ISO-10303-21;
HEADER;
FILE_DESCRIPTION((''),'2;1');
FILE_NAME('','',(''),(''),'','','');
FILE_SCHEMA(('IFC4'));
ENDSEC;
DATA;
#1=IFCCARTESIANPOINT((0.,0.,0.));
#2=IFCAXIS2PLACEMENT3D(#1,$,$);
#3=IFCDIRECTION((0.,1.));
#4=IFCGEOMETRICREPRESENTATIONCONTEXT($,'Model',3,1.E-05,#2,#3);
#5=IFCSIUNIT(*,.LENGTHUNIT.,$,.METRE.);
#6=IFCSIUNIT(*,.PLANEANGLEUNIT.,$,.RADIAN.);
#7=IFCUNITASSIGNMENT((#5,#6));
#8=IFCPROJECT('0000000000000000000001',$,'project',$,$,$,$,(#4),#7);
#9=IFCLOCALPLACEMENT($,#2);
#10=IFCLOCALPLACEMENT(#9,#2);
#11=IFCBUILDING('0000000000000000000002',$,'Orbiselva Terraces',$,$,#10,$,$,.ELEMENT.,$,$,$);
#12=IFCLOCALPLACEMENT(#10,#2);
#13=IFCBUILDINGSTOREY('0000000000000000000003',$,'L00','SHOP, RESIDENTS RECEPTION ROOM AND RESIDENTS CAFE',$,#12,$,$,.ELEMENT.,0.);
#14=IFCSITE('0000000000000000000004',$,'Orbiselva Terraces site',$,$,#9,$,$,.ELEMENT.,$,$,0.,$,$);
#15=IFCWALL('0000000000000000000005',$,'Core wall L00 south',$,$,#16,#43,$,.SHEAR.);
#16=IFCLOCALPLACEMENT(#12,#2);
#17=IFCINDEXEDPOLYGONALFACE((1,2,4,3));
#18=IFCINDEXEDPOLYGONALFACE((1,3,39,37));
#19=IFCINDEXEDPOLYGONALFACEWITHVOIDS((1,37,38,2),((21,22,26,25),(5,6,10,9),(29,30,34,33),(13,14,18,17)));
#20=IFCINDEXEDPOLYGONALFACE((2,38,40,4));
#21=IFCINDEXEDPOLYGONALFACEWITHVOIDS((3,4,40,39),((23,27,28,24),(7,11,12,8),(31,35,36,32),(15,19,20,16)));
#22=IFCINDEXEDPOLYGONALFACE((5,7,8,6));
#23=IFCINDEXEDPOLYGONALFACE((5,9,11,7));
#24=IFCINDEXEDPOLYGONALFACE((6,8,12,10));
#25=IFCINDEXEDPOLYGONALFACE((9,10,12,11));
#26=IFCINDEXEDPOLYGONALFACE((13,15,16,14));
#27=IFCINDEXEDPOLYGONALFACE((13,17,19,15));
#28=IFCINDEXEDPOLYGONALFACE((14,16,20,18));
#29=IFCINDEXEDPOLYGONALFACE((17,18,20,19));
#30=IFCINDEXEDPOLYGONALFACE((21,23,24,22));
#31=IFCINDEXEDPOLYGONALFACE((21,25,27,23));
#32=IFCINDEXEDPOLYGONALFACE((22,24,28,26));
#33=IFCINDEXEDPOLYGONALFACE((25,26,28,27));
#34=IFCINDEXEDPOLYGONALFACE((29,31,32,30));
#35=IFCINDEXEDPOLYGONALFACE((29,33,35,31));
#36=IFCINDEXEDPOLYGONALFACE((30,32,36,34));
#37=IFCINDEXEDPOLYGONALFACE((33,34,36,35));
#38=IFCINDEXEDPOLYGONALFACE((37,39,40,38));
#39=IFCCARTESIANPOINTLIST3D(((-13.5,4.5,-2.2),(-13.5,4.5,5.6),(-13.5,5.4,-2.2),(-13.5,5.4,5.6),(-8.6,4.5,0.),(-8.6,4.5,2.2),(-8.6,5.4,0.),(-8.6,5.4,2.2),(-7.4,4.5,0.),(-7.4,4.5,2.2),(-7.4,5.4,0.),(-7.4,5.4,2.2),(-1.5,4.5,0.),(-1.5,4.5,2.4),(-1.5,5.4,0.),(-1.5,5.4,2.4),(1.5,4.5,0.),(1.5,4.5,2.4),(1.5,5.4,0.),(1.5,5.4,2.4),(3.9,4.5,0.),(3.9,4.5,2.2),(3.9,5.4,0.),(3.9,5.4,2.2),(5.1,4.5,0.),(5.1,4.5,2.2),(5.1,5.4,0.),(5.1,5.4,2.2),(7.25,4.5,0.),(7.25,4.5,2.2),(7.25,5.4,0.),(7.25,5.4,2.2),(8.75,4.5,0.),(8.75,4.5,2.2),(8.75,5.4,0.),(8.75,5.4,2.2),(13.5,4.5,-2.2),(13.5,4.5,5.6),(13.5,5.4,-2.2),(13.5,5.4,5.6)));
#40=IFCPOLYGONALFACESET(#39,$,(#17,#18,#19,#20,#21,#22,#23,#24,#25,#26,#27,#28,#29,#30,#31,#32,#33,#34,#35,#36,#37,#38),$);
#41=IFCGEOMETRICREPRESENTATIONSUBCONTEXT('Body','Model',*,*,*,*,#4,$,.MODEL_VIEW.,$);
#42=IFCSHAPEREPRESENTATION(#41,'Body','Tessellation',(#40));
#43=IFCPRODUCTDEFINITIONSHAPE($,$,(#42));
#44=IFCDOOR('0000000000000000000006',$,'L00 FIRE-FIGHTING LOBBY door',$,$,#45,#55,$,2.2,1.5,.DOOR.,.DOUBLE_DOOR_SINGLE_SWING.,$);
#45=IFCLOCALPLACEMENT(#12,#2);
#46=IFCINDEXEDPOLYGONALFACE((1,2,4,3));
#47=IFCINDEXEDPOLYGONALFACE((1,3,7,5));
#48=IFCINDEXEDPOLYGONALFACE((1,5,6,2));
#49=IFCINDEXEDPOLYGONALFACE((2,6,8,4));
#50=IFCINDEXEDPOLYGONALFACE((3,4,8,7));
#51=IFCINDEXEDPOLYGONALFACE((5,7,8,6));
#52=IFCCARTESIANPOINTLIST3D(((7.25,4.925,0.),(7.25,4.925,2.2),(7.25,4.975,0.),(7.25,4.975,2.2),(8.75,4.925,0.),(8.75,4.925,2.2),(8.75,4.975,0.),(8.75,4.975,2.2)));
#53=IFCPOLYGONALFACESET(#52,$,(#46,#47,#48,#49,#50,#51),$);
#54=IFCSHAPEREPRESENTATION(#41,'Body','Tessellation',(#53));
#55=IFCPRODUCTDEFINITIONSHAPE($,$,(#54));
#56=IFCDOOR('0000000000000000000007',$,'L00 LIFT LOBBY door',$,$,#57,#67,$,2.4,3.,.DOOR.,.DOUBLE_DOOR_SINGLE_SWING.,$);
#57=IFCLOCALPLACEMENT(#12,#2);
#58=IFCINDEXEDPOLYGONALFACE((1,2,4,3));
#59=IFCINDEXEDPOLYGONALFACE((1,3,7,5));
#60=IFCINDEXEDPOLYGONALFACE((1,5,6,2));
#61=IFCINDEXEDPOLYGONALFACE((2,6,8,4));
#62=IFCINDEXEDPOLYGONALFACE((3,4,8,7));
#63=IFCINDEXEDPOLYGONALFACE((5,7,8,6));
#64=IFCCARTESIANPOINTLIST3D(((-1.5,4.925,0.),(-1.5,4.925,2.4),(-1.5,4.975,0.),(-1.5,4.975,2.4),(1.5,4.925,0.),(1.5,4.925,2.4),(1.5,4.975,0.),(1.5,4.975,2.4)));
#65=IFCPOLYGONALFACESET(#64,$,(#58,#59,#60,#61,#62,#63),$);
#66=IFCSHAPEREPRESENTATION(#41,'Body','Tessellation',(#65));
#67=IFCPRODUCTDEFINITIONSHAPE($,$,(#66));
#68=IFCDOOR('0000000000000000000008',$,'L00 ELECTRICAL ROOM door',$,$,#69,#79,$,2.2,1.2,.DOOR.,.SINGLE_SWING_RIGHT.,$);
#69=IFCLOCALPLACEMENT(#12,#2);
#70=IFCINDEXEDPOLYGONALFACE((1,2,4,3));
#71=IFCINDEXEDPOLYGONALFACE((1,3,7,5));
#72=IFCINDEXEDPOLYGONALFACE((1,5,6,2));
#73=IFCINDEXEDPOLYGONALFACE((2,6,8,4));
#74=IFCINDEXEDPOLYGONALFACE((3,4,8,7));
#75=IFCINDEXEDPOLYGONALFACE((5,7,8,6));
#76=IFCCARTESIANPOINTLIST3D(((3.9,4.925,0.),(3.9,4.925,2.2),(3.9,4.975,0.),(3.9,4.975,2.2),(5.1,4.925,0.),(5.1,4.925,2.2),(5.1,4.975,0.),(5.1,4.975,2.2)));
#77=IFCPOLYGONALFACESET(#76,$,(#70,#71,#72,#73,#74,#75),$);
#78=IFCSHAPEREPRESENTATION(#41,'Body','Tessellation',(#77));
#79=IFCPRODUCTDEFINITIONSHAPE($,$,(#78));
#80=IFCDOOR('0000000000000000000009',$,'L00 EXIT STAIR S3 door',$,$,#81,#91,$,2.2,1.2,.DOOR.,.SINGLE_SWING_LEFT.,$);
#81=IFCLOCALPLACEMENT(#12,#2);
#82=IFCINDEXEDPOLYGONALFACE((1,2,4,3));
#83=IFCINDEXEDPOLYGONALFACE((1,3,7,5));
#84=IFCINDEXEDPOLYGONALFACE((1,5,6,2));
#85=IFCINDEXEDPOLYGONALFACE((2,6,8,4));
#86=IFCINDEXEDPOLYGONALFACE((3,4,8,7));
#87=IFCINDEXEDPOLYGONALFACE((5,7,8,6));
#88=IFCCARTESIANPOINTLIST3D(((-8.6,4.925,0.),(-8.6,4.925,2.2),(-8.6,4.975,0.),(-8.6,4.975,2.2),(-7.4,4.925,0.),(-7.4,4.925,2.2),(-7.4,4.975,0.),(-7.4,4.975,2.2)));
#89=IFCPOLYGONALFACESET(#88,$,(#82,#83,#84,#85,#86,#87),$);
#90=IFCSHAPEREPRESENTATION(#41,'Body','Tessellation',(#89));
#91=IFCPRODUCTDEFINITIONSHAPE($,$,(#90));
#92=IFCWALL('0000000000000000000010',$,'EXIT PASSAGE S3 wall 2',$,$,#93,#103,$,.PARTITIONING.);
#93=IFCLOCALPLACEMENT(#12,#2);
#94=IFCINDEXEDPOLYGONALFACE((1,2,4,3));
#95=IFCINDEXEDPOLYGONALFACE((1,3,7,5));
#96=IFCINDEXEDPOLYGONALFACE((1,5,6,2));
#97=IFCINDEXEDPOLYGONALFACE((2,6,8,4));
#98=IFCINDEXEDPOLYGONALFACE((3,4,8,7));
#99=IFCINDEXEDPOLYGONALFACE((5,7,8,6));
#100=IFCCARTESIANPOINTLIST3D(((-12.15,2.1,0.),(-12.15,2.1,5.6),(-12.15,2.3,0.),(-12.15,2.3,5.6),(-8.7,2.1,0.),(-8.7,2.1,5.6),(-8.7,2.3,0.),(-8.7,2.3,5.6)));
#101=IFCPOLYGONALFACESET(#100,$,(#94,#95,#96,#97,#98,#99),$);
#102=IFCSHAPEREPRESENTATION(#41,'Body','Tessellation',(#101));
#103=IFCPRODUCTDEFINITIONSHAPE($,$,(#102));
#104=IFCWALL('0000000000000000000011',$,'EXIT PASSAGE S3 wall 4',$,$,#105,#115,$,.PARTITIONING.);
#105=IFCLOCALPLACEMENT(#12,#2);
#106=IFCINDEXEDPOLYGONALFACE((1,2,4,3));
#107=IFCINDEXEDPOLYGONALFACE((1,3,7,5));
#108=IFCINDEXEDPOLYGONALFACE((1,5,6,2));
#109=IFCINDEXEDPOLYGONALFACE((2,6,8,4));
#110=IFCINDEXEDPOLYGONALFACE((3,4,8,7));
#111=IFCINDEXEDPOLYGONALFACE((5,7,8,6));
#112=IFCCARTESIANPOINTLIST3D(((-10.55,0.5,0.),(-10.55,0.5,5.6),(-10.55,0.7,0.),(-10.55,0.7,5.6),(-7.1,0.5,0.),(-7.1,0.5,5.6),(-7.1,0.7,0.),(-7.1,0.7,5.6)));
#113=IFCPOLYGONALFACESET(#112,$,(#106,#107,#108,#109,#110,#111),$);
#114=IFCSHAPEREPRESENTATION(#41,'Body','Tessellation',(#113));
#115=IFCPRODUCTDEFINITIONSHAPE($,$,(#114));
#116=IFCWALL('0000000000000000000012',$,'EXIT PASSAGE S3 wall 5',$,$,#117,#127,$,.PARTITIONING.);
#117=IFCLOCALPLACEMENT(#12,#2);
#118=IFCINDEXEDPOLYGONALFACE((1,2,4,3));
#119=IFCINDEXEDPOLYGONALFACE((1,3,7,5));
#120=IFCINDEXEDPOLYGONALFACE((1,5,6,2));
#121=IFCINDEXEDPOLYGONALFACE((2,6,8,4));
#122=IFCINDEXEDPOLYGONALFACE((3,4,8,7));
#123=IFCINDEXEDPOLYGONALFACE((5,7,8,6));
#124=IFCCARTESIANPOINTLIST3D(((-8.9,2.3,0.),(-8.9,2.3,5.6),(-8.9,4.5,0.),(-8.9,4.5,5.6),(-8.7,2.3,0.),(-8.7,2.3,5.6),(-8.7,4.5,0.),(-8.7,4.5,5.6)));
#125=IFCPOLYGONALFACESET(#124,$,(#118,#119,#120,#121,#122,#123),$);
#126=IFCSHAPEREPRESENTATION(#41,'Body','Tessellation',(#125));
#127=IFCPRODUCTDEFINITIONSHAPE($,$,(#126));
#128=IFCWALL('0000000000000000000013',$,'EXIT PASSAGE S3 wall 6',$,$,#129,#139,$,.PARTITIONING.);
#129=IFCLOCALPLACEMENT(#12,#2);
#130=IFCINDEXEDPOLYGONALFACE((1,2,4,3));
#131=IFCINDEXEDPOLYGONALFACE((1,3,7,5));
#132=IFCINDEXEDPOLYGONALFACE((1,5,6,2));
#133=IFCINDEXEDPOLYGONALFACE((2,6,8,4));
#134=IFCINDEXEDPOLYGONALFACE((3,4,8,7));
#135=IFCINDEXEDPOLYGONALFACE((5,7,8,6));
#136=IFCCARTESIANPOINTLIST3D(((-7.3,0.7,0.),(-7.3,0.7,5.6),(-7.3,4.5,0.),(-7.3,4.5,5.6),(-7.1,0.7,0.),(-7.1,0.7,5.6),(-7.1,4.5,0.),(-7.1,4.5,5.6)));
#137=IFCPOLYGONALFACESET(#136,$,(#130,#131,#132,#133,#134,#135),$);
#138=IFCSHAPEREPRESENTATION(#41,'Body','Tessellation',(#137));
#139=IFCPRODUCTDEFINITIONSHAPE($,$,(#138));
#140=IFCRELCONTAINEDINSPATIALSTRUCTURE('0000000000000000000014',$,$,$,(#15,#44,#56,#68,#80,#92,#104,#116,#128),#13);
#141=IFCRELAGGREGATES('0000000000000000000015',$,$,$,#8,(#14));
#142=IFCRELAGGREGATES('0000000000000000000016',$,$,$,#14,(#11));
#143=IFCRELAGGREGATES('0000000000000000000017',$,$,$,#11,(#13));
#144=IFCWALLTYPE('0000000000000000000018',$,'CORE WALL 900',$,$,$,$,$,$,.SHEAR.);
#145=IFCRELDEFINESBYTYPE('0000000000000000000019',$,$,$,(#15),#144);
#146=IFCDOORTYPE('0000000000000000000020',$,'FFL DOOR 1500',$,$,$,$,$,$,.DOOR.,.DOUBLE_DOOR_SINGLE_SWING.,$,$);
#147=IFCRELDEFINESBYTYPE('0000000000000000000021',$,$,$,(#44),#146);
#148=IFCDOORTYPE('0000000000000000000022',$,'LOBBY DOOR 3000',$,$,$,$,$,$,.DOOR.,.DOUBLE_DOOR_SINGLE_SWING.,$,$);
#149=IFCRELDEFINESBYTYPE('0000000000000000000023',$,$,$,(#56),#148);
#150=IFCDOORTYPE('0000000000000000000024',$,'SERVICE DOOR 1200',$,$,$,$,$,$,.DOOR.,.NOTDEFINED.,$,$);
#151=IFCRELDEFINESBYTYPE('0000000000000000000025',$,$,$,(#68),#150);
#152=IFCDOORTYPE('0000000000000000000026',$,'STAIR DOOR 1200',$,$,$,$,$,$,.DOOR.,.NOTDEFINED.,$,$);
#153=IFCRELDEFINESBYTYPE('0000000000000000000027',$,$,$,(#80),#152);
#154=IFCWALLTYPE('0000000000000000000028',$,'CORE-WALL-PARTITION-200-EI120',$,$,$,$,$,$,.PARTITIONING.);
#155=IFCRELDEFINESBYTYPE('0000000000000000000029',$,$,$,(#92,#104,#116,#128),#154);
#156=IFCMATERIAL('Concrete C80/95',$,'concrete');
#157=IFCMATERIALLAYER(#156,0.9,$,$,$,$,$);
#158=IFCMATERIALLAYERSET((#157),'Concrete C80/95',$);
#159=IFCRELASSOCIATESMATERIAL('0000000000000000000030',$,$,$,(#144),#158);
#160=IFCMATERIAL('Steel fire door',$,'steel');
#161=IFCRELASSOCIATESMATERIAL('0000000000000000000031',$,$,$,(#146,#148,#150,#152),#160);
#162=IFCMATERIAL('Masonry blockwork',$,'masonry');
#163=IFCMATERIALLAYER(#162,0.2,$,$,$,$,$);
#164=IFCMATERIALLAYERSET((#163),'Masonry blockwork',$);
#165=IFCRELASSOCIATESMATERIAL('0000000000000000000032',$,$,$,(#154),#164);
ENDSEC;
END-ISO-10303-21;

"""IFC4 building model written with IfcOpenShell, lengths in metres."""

from ifc_helpers import new_model, si_unit, direction, frame, frame_2d, origin, place, context, subcontext, project, spatial, rectangle, extrude, material, layer, layer_set, type_object, element, fill, save


model = new_model("IFC4")

# Units and contexts
model_context = context("Model", 3, precision=1e-05, world=origin(), true_north=direction((0.0, 1.0)))
body_context = subcontext(model_context, "Body", "Model", "MODEL_VIEW")
ifc_project = project(units=[si_unit("LENGTHUNIT", "METRE"), si_unit("PLANEANGLEUNIT", "RADIAN")], contexts=[model_context])

# Site, building, storey
site_placement = place(None, origin())
site = spatial("IfcSite", under=ifc_project, at=site_placement, Name="Orbiselva Terraces site", CompositionType="ELEMENT", RefElevation=0.0)
building_placement = place(site_placement, origin())
building = spatial("IfcBuilding", under=site, at=building_placement, Name="Orbiselva Terraces", CompositionType="ELEMENT")
storey_placement = place(building_placement, origin())
storey = spatial("IfcBuildingStorey", under=building, at=storey_placement, Name="L00", Description="SHOP, RESIDENTS RECEPTION ROOM AND RESIDENTS CAFE", CompositionType="ELEMENT", Elevation=0.0)

# Shared definitions
ifc_material_1 = material(Name="Concrete C80/95", Category="concrete")

# Wall, openings, doors
ifc_layer_1 = layer(ifc_material_1, 0.9)
ifc_layer_set_1 = layer_set([ifc_layer_1], Name="Concrete C80/95")
wall_type_1 = type_object("IfcWallType", Name="CORE WALL 900", PredefinedType="SHEAR", material=ifc_layer_set_1)
wall_1_placement = place(storey_placement, frame((-13.5, 4.95, -2.2), z_axis=(0.0, 0.0, 1.0), x_axis=(1.0, 0.0, 0.0)))
wall_1 = element("IfcWall", 1, at=wall_1_placement, inside=storey, type_object=wall_type_1, Name="Core wall L00 south", PredefinedType="SHEAR", context=body_context, shape_type="SweptSolid", body=[
    extrude(rectangle(XDim=27.0, YDim=0.9, at=frame_2d((13.5, 0.0))), origin(), (0.0, 0.0, 1.0), 7.8),
])
opening_1_placement = place(wall_1_placement, frame((12.0, 0.0, 2.2)))
opening_1 = element("IfcOpeningElement", 2, at=opening_1_placement, cuts=wall_1, PredefinedType="OPENING", context=body_context, shape_type="SweptSolid", body=[
    extrude(rectangle(XDim=3.0, YDim=2.4, at=frame_2d((1.5, 1.2))), frame((0.0, 0.46, 0.0), z_axis=(0.0, -1.0, 0.0), x_axis=(1.0, 0.0, 0.0)), (0.0, 0.0, 1.0), 0.92),
])
opening_2_placement = place(wall_1_placement, frame((4.9, 0.0, 2.2)))
opening_2 = element("IfcOpeningElement", 3, at=opening_2_placement, cuts=wall_1, PredefinedType="OPENING", context=body_context, shape_type="SweptSolid", body=[
    extrude(rectangle(XDim=1.2, YDim=2.2, at=frame_2d((0.6, 1.1))), frame((0.0, 0.46, 0.0), z_axis=(0.0, -1.0, 0.0), x_axis=(1.0, 0.0, 0.0)), (0.0, 0.0, 1.0), 0.92),
])
opening_3_placement = place(wall_1_placement, frame((20.75, 0.0, 2.2)))
opening_3 = element("IfcOpeningElement", 4, at=opening_3_placement, cuts=wall_1, PredefinedType="OPENING", context=body_context, shape_type="SweptSolid", body=[
    extrude(rectangle(XDim=1.5, YDim=2.2, at=frame_2d((0.75, 1.1))), frame((0.0, 0.46, 0.0), z_axis=(0.0, -1.0, 0.0), x_axis=(1.0, 0.0, 0.0)), (0.0, 0.0, 1.0), 0.92),
])
opening_4_placement = place(wall_1_placement, frame((17.4, 0.0, 2.2)))
opening_4 = element("IfcOpeningElement", 5, at=opening_4_placement, cuts=wall_1, PredefinedType="OPENING", context=body_context, shape_type="SweptSolid", body=[
    extrude(rectangle(XDim=1.2, YDim=2.2, at=frame_2d((0.6, 1.1))), frame((0.0, 0.46, 0.0), z_axis=(0.0, -1.0, 0.0), x_axis=(1.0, 0.0, 0.0)), (0.0, 0.0, 1.0), 0.92),
])
ifc_material_2 = material(Name="Steel fire door", Category="steel")
door_type_1 = type_object("IfcDoorType", Name="FFL DOOR 1500", OperationType="DOUBLE_DOOR_SINGLE_SWING", PredefinedType="DOOR", material=ifc_material_2)
door_1_placement = place(opening_3_placement, frame((1.5, 0.0, 0.0), z_axis=(0.0, 0.0, 1.0), x_axis=(-1.0, 0.0, 0.0)))
door_1 = element("IfcDoor", 6, at=door_1_placement, inside=storey, type_object=door_type_1, Name="L00 FIRE-FIGHTING LOBBY door", OperationType="DOUBLE_DOOR_SINGLE_SWING", OverallHeight=2.2, OverallWidth=1.5, PredefinedType="DOOR", context=body_context, shape_type="SweptSolid", body=[
    extrude(rectangle(XDim=1.5, YDim=2.2, at=frame_2d((0.75, 1.1))), frame((0.0, 0.025, 0.0), z_axis=(0.0, -1.0, 0.0), x_axis=(1.0, 0.0, 0.0)), (0.0, 0.0, 1.0), 0.05),
])
fill(opening_3, door_1)
door_type_2 = type_object("IfcDoorType", Name="LOBBY DOOR 3000", OperationType="DOUBLE_DOOR_SINGLE_SWING", PredefinedType="DOOR", material=ifc_material_2)
door_2_placement = place(opening_1_placement, frame((3.0, 0.0, 0.0), z_axis=(0.0, 0.0, 1.0), x_axis=(-1.0, 0.0, 0.0)))
door_2 = element("IfcDoor", 7, at=door_2_placement, inside=storey, type_object=door_type_2, Name="L00 LIFT LOBBY door", OperationType="DOUBLE_DOOR_SINGLE_SWING", OverallHeight=2.4, OverallWidth=3.0, PredefinedType="DOOR", context=body_context, shape_type="SweptSolid", body=[
    extrude(rectangle(XDim=3.0, YDim=2.4, at=frame_2d((1.5, 1.2))), frame((0.0, 0.025, 0.0), z_axis=(0.0, -1.0, 0.0), x_axis=(1.0, 0.0, 0.0)), (0.0, 0.0, 1.0), 0.05),
])
fill(opening_1, door_2)
door_type_3 = type_object("IfcDoorType", Name="SERVICE DOOR 1200", OperationType="NOTDEFINED", PredefinedType="DOOR", material=ifc_material_2)
door_3_placement = place(opening_4_placement, frame((1.2, 0.0, 0.0), z_axis=(0.0, 0.0, 1.0), x_axis=(-1.0, 0.0, 0.0)))
door_3 = element("IfcDoor", 8, at=door_3_placement, inside=storey, type_object=door_type_3, Name="L00 ELECTRICAL ROOM door", OperationType="SINGLE_SWING_RIGHT", OverallHeight=2.2, OverallWidth=1.2, PredefinedType="DOOR", context=body_context, shape_type="SweptSolid", body=[
    extrude(rectangle(XDim=1.2, YDim=2.2, at=frame_2d((0.6, 1.1))), frame((0.0, 0.025, 0.0), z_axis=(0.0, -1.0, 0.0), x_axis=(1.0, 0.0, 0.0)), (0.0, 0.0, 1.0), 0.05),
])
fill(opening_4, door_3)
door_type_4 = type_object("IfcDoorType", Name="STAIR DOOR 1200", OperationType="NOTDEFINED", PredefinedType="DOOR", material=ifc_material_2)
door_4_placement = place(opening_2_placement, frame((1.2, 0.0, 0.0), z_axis=(0.0, 0.0, 1.0), x_axis=(-1.0, 0.0, 0.0)))
door_4 = element("IfcDoor", 9, at=door_4_placement, inside=storey, type_object=door_type_4, Name="L00 EXIT STAIR S3 door", OperationType="SINGLE_SWING_LEFT", OverallHeight=2.2, OverallWidth=1.2, PredefinedType="DOOR", context=body_context, shape_type="SweptSolid", body=[
    extrude(rectangle(XDim=1.2, YDim=2.2, at=frame_2d((0.6, 1.1))), frame((0.0, 0.025, 0.0), z_axis=(0.0, -1.0, 0.0), x_axis=(1.0, 0.0, 0.0)), (0.0, 0.0, 1.0), 0.05),
])
fill(opening_2, door_4)

# Walls
ifc_material_3 = material(Name="Masonry blockwork", Category="masonry")
ifc_layer_2 = layer(ifc_material_3, 0.2)
ifc_layer_set_2 = layer_set([ifc_layer_2], Name="Masonry blockwork")
wall_type_2 = type_object("IfcWallType", Name="CORE-WALL-PARTITION-200-EI120", PredefinedType="PARTITIONING", material=ifc_layer_set_2)
for number, where, z_axis, x_axis, name in (
    (10, (-12.15, 2.2, 0.0), (0.0, 0.0, 1.0), (1.0, 0.0, 0.0), "EXIT PASSAGE S3 wall 2"),
    (11, (-10.55, 0.6, 0.0), (0.0, 0.0, 1.0), (1.0, 0.0, 0.0), "EXIT PASSAGE S3 wall 4"),
):
    element("IfcWall", number, at=place(storey_placement, frame(where, z_axis=z_axis, x_axis=x_axis)), inside=storey, type_object=wall_type_2, Name=name, PredefinedType="PARTITIONING", context=body_context, shape_type="SweptSolid", body=[
        extrude(rectangle(XDim=3.45, YDim=0.2, at=frame_2d((1.725, 0.0))), origin(), (0.0, 0.0, 1.0), 5.6),
    ])
wall_2_placement = place(storey_placement, frame((-8.8, 2.3, 0.0), z_axis=(0.0, 0.0, 1.0), x_axis=(0.0, 1.0, 0.0)))
element("IfcWall", 12, at=wall_2_placement, inside=storey, type_object=wall_type_2, Name="EXIT PASSAGE S3 wall 5", PredefinedType="PARTITIONING", context=body_context, shape_type="SweptSolid", body=[
    extrude(rectangle(XDim=2.2, YDim=0.2, at=frame_2d((1.1, 0.0))), origin(), (0.0, 0.0, 1.0), 5.6),
])
wall_3_placement = place(storey_placement, frame((-7.2, 0.7, 0.0), z_axis=(0.0, 0.0, 1.0), x_axis=(0.0, 1.0, 0.0)))
element("IfcWall", 13, at=wall_3_placement, inside=storey, type_object=wall_type_2, Name="EXIT PASSAGE S3 wall 6", PredefinedType="PARTITIONING", context=body_context, shape_type="SweptSolid", body=[
    extrude(rectangle(XDim=3.8, YDim=0.2, at=frame_2d((1.9, 0.0))), origin(), (0.0, 0.0, 1.0), 5.6),
])

save(model, "model.ifc")
